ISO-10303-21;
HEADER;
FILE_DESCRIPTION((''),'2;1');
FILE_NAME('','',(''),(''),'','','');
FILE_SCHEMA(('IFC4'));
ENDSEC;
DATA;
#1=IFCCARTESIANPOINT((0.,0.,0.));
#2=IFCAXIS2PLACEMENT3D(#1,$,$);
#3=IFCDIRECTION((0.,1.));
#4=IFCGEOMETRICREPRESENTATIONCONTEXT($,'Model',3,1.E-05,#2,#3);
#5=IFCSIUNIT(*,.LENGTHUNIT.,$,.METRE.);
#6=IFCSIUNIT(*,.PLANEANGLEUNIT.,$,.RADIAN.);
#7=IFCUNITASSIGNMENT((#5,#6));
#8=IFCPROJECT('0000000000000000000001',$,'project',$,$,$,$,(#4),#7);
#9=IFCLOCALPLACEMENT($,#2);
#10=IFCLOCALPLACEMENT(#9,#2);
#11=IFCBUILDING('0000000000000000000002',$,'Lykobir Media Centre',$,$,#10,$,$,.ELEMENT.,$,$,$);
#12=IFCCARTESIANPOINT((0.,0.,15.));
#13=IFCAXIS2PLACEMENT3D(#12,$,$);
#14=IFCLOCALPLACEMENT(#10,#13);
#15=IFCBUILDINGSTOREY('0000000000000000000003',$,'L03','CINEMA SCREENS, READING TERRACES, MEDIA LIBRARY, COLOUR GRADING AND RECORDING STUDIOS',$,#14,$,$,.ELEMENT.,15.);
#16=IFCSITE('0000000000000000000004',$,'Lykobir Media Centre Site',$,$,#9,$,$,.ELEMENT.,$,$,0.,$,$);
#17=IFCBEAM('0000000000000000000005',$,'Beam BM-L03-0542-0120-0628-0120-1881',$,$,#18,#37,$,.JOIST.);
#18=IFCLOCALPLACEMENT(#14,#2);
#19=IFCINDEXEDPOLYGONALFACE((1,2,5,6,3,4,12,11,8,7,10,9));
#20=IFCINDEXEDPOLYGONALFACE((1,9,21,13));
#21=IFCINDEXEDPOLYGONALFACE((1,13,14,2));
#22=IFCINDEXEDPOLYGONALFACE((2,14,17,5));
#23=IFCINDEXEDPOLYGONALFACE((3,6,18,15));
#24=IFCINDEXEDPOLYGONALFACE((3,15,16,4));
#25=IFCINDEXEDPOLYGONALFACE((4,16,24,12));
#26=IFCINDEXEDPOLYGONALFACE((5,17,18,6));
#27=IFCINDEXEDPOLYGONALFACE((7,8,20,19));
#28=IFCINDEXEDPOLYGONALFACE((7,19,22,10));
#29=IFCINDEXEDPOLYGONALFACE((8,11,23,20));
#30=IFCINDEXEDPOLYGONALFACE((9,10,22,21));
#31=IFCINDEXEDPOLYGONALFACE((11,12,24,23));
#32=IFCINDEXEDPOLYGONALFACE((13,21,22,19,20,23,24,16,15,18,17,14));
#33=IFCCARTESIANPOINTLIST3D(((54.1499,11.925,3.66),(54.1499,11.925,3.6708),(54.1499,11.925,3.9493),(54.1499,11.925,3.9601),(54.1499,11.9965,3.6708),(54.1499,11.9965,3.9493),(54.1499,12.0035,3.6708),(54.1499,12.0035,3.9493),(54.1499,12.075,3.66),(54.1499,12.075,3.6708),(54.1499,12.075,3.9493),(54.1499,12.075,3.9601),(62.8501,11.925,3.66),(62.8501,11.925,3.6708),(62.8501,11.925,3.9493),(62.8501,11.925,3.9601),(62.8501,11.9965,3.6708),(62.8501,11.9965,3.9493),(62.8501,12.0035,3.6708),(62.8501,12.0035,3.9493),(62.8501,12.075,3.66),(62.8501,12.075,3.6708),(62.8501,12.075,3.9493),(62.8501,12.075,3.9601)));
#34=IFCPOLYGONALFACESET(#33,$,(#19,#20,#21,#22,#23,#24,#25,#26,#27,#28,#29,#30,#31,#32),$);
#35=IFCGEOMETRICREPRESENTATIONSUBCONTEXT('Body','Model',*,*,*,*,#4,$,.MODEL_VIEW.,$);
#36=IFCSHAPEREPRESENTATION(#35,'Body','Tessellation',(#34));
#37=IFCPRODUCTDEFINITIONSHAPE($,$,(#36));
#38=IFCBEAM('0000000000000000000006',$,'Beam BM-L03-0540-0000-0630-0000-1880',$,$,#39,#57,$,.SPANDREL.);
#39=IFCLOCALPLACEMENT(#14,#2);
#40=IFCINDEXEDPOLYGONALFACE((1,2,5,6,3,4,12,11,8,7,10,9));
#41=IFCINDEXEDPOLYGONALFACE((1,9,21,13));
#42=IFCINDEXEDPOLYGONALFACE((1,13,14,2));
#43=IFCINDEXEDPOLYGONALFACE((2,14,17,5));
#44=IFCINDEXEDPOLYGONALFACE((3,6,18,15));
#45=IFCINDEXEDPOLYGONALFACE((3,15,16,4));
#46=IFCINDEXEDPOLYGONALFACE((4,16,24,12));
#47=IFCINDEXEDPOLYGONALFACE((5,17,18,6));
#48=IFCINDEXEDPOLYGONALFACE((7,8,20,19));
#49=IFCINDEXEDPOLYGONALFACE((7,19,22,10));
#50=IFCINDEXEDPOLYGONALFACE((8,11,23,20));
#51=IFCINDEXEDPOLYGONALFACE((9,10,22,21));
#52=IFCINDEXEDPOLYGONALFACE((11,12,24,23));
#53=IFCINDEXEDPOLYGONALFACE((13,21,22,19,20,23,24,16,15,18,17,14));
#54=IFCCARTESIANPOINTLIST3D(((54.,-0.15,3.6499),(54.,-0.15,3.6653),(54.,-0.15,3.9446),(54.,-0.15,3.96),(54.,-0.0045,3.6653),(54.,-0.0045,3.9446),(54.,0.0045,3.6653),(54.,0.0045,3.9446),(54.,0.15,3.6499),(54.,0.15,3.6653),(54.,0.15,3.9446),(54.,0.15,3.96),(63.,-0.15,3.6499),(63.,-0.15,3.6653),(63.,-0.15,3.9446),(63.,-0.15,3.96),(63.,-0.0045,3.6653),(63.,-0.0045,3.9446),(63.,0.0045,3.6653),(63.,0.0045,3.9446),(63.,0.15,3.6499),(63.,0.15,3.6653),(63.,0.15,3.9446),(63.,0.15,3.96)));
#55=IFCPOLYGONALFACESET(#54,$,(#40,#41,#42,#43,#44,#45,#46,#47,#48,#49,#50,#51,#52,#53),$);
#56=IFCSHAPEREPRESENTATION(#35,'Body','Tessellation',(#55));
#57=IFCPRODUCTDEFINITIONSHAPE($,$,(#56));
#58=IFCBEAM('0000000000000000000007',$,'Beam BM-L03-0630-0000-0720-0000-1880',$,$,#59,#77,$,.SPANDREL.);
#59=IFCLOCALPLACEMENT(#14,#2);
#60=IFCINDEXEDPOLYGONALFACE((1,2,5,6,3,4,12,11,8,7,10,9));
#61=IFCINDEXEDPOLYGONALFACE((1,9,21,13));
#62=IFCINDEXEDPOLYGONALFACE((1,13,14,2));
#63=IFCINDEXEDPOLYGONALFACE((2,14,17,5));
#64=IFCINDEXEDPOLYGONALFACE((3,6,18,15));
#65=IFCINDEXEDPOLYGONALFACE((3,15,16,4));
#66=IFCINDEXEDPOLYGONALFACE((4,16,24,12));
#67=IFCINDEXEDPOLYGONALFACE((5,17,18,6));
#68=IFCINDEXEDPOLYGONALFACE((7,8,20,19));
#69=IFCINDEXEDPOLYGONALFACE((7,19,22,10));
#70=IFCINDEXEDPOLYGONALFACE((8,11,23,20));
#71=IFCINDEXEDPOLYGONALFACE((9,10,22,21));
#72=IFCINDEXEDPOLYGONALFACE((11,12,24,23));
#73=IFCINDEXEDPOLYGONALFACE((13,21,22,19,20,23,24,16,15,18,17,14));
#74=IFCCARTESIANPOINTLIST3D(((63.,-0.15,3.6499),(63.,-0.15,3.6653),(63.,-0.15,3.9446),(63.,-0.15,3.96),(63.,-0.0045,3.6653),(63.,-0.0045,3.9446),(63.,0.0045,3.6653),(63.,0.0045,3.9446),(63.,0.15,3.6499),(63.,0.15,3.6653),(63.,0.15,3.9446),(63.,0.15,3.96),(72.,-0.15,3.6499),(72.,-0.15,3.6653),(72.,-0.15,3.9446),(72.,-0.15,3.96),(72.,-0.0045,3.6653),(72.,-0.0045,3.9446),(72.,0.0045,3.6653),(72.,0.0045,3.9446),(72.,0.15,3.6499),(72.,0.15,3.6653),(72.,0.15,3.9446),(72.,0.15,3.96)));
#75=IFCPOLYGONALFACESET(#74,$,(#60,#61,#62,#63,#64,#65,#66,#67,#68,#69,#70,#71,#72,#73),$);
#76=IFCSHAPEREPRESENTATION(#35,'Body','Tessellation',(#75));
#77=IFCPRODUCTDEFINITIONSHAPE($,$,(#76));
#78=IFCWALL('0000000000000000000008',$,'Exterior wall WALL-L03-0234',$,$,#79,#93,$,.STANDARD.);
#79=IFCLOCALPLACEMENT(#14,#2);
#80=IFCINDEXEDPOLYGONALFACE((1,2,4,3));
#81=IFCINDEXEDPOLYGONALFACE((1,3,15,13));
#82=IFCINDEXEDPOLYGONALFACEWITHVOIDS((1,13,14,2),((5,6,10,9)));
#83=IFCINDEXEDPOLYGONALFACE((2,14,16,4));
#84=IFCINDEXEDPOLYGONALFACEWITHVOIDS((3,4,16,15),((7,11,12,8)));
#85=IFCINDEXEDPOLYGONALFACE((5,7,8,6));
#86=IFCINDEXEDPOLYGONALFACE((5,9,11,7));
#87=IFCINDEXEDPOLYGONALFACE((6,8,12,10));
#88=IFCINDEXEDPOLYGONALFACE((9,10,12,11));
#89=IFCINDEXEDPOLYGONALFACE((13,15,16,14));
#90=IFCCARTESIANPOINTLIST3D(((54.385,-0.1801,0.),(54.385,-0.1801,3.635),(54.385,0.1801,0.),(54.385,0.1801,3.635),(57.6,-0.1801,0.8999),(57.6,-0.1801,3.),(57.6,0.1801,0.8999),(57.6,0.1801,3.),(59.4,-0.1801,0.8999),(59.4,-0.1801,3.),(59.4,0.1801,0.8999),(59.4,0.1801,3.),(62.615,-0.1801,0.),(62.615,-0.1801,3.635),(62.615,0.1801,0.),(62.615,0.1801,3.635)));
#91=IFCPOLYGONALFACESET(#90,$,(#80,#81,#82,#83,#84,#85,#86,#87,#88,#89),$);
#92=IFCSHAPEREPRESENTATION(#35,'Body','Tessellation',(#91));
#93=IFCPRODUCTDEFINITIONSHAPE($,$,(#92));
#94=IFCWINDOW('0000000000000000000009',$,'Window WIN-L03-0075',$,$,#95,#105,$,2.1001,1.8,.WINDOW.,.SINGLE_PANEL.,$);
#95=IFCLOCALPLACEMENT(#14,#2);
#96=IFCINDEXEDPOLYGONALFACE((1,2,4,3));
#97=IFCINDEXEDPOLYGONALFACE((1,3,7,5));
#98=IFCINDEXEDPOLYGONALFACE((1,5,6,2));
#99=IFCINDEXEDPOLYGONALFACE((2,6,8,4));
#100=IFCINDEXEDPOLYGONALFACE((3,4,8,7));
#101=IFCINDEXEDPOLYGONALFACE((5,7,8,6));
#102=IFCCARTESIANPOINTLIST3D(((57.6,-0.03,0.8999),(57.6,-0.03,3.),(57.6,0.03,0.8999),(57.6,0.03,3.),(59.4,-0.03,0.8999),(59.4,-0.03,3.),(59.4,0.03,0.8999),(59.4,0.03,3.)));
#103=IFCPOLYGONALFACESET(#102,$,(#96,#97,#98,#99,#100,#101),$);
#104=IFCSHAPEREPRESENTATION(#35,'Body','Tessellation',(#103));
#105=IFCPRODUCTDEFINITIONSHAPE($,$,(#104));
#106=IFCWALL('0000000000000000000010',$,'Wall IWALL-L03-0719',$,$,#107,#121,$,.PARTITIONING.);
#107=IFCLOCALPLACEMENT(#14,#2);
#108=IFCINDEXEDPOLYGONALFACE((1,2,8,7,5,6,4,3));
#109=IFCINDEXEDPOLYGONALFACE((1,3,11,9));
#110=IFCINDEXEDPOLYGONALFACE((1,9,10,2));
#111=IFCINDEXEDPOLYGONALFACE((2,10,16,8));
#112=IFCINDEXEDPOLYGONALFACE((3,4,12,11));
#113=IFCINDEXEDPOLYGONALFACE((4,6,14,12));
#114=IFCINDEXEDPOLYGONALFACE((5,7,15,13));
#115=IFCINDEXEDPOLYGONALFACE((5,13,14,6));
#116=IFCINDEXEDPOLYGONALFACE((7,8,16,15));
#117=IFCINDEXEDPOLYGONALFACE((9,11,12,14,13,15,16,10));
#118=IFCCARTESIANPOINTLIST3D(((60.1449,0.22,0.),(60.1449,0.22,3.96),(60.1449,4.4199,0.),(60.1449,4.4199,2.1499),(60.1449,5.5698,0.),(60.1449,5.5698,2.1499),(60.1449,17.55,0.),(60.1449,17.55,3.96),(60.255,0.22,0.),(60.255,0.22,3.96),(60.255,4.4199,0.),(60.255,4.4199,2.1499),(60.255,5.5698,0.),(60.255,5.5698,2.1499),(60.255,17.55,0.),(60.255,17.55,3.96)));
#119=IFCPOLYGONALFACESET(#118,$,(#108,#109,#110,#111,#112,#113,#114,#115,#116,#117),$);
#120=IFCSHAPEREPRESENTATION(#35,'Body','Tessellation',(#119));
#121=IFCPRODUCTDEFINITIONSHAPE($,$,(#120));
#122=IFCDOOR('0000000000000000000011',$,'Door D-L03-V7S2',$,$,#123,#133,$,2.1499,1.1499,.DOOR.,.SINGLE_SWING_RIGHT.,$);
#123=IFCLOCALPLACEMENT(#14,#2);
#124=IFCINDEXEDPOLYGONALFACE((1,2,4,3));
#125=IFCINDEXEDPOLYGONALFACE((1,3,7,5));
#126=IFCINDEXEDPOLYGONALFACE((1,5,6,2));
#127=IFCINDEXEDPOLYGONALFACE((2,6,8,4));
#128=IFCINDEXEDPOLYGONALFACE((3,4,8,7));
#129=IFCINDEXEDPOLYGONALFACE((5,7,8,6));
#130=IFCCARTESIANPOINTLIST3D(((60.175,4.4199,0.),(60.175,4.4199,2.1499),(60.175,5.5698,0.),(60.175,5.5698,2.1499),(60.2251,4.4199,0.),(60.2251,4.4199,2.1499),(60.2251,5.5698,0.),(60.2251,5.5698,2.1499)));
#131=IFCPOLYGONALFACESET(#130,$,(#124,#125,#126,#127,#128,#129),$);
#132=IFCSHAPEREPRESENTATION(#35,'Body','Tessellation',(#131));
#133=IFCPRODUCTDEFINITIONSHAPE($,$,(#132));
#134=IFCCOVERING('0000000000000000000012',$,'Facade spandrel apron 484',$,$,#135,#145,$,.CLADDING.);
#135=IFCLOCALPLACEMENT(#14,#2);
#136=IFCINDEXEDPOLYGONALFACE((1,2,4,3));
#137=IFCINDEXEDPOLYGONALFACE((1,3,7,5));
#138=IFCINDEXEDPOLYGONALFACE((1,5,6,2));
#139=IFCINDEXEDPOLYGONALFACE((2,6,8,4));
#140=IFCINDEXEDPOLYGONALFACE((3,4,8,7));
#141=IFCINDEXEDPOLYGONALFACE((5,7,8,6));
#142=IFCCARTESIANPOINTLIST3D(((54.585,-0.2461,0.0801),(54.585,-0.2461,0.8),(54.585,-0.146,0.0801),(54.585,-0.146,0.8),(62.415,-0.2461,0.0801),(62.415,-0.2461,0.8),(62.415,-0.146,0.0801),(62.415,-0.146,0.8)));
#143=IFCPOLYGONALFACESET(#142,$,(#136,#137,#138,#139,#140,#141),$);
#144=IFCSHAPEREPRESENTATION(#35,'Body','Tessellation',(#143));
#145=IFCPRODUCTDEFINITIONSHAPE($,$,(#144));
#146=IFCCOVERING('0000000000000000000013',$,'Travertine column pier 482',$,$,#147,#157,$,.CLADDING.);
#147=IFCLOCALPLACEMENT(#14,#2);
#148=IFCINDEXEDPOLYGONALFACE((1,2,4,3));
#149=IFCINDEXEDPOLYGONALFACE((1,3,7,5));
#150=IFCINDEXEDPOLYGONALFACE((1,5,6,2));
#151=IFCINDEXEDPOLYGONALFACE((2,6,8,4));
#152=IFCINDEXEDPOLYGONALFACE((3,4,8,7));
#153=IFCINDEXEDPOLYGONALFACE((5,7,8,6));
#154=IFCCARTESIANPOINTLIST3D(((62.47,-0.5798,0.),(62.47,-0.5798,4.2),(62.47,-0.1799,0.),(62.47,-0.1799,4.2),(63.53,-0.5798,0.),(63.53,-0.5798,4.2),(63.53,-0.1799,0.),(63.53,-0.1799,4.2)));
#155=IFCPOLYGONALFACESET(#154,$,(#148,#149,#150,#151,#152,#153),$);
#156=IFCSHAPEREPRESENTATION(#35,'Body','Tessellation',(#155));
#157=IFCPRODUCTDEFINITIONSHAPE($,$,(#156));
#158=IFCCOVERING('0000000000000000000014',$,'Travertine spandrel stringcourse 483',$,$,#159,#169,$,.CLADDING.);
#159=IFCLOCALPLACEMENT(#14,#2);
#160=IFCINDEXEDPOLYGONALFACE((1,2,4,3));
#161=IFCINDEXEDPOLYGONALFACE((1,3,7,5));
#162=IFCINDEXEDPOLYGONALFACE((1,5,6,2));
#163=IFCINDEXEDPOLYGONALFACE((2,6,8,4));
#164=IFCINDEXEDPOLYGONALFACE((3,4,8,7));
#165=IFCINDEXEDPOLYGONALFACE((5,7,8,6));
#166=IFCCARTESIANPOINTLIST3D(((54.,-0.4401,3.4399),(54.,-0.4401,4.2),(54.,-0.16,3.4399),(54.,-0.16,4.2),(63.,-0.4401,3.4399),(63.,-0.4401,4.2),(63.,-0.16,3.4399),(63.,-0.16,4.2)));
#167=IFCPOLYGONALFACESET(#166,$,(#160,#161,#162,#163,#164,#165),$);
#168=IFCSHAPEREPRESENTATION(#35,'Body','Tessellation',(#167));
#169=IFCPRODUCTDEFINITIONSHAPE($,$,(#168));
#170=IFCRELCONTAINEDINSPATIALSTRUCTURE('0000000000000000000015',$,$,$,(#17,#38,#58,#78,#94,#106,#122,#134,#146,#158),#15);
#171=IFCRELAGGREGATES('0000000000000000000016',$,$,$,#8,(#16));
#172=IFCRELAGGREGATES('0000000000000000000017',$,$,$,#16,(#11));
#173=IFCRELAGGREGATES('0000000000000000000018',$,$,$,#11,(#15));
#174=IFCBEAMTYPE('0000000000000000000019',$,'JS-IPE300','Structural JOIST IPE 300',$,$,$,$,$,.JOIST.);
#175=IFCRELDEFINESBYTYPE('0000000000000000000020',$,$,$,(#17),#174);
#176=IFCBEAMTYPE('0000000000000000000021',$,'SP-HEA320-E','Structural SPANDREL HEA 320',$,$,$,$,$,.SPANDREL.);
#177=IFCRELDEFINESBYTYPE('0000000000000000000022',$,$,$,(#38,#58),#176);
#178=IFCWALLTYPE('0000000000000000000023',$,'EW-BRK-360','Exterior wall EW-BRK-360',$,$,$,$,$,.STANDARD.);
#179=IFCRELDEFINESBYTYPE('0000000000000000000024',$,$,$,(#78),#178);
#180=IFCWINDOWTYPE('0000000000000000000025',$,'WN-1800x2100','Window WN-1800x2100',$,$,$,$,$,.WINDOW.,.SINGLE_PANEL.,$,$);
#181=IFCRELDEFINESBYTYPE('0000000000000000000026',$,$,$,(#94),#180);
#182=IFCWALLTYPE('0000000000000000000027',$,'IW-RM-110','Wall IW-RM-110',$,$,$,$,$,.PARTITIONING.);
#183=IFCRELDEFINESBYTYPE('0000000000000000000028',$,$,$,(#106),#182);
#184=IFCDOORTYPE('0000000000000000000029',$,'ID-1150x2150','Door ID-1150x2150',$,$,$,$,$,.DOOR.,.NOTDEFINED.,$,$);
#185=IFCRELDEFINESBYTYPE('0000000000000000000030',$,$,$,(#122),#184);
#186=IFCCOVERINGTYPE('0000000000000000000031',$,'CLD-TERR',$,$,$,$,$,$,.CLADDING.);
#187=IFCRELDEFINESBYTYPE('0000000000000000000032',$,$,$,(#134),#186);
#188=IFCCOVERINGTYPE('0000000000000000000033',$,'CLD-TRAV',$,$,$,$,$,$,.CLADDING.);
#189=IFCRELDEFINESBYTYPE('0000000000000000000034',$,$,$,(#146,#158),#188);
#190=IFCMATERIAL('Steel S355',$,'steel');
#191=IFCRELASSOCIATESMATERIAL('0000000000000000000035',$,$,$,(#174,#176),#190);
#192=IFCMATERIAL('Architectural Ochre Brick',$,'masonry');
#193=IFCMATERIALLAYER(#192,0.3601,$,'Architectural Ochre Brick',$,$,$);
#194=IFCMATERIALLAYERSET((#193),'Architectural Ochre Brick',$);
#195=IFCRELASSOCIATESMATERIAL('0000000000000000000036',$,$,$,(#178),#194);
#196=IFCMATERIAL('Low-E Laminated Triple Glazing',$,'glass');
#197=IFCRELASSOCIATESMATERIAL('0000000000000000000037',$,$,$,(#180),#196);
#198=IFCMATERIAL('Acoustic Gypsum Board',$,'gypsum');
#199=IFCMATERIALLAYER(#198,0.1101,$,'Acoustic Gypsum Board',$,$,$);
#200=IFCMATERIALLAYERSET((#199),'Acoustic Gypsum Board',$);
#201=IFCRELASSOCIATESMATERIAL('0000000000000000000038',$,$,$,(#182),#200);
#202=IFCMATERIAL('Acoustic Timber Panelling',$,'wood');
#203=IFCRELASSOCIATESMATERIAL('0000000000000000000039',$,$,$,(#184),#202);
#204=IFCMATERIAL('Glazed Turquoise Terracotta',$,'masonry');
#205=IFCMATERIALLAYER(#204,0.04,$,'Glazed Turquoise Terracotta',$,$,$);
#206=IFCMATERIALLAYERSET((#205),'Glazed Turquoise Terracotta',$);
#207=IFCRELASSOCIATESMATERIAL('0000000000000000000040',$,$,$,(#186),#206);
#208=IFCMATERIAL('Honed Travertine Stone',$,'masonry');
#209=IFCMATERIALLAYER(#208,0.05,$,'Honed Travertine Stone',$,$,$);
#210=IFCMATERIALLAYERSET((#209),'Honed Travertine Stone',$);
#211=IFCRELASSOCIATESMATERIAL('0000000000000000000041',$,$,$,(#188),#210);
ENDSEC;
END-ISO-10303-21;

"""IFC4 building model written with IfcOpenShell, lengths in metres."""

from ifc_helpers import new_model, si_unit, direction, frame, frame_2d, origin, origin_2d, place, context, subcontext, project, spatial, rectangle, i_section, extrude, material, layer, layer_set, material_profile, profile_set, type_object, element, fill, save


model = new_model("IFC4")

# Units and contexts
model_context = context("Model", 3, precision=1e-05, world=origin(), true_north=direction((0.0, 1.0)))
body_context = subcontext(model_context, "Body", "Model", "MODEL_VIEW")
ifc_project = project(units=[si_unit("LENGTHUNIT", "METRE"), si_unit("PLANEANGLEUNIT", "RADIAN")], contexts=[model_context])

# Site, building, storey
site_placement = place(None, origin())
site = spatial("IfcSite", under=ifc_project, at=site_placement, Name="Lykobir Media Centre Site", CompositionType="ELEMENT", RefElevation=0.0)
building_placement = place(site_placement, origin())
building = spatial("IfcBuilding", under=site, at=building_placement, Name="Lykobir Media Centre", CompositionType="ELEMENT")
storey_placement = place(building_placement, frame((0.0, 0.0, 15.0)))
storey = spatial("IfcBuildingStorey", under=building, at=storey_placement, Name="L03", Description="CINEMA SCREENS, READING TERRACES, MEDIA LIBRARY, COLOUR GRADING AND RECORDING STUDIOS", CompositionType="ELEMENT", Elevation=15.0)

# Shared definitions
ifc_material_1 = material(Name="Steel S355", Category="steel")

# Beams
ifc_material_profile_1 = material_profile(ifc_material_1, i_section(OverallWidth=0.1499, OverallDepth=0.3, WebThickness=0.0071, FlangeThickness=0.0107, at=origin_2d()), Name="IPE 300")
ifc_profile_set_1 = profile_set([ifc_material_profile_1], Name="Steel S355")
beam_type_1 = type_object("IfcBeamType", Name="JS-IPE300", Description="Structural JOIST IPE 300", PredefinedType="JOIST", material=ifc_profile_set_1)
for number, where, z_axis, x_axis, name in (
    (1, (54.1499, 12.0, 3.8101), (1.0, 0.0, 0.0), (0.0, 1.0, 0.0), "Beam BM-L03-0542-0120-0628-0120-1881"),
):
    element("IfcBeam", number, at=place(storey_placement, frame(where, z_axis=z_axis, x_axis=x_axis)), inside=storey, type_object=beam_type_1, Name=name, PredefinedType="JOIST", context=body_context, shape_type="SweptSolid", body=[
        extrude(i_section(OverallWidth=0.1499, OverallDepth=0.3, WebThickness=0.0071, FlangeThickness=0.0107, at=origin_2d()), origin(), (0.0, 0.0, 1.0), 8.7002),
    ])
ifc_material_profile_2 = material_profile(ifc_material_1, i_section(OverallWidth=0.3, OverallDepth=0.3101, WebThickness=0.009, FlangeThickness=0.0154, at=origin_2d()), Name="HEA 320")
ifc_profile_set_2 = profile_set([ifc_material_profile_2], Name="Steel S355")
beam_type_2 = type_object("IfcBeamType", Name="SP-HEA320-E", Description="Structural SPANDREL HEA 320", PredefinedType="SPANDREL", material=ifc_profile_set_2)
for number, where, z_axis, x_axis, name in (
    (2, (54.0, 0.0, 3.8049), (1.0, 0.0, 0.0), (0.0, 1.0, 0.0), "Beam BM-L03-0540-0000-0630-0000-1880"),
    (3, (63.0, 0.0, 3.8049), (1.0, 0.0, 0.0), (0.0, 1.0, 0.0), "Beam BM-L03-0630-0000-0720-0000-1880"),
):
    element("IfcBeam", number, at=place(storey_placement, frame(where, z_axis=z_axis, x_axis=x_axis)), inside=storey, type_object=beam_type_2, Name=name, PredefinedType="SPANDREL", context=body_context, shape_type="SweptSolid", body=[
        extrude(i_section(OverallWidth=0.3, OverallDepth=0.3101, WebThickness=0.009, FlangeThickness=0.0154, at=origin_2d()), origin(), (0.0, 0.0, 1.0), 9.0),
    ])

# Wall, opening, window
ifc_material_2 = material(Name="Architectural Ochre Brick", Category="masonry")
ifc_layer_1 = layer(ifc_material_2, 0.3601, Name="Architectural Ochre Brick")
ifc_layer_set_1 = layer_set([ifc_layer_1], Name="Architectural Ochre Brick")
wall_type_1 = type_object("IfcWallType", Name="EW-BRK-360", Description="Exterior wall EW-BRK-360", PredefinedType="STANDARD", material=ifc_layer_set_1)
wall_1_placement = place(storey_placement, frame((54.385, 0.0, 0.0), z_axis=(0.0, 0.0, 1.0), x_axis=(1.0, 0.0, 0.0)))
wall_1 = element("IfcWall", 4, at=wall_1_placement, inside=storey, type_object=wall_type_1, Name="Exterior wall WALL-L03-0234", PredefinedType="STANDARD", context=body_context, shape_type="SweptSolid", body=[
    extrude(rectangle(XDim=8.23, YDim=0.3601, at=frame_2d((4.115, 0.0))), origin(), (0.0, 0.0, 1.0), 3.635),
])
opening_1_placement = place(wall_1_placement, frame((3.2151, 0.0, 0.8999)))
opening_1 = element("IfcOpeningElement", 5, at=opening_1_placement, cuts=wall_1, PredefinedType="OPENING", context=body_context, shape_type="SweptSolid", body=[
    extrude(rectangle(XDim=1.8, YDim=2.1001, at=frame_2d((0.8999, 1.05))), frame((0.0, 0.1899, 0.0), z_axis=(0.0, -1.0, 0.0), x_axis=(1.0, 0.0, 0.0)), (0.0, 0.0, 1.0), 0.3801),
])
ifc_material_3 = material(Name="Low-E Laminated Triple Glazing", Category="glass")
window_type = type_object("IfcWindowType", Name="WN-1800x2100", Description="Window WN-1800x2100", PartitioningType="SINGLE_PANEL", PredefinedType="WINDOW", material=ifc_material_3)
window_placement = place(opening_1_placement, origin())
window = element("IfcWindow", 6, at=window_placement, inside=storey, type_object=window_type, Name="Window WIN-L03-0075", OverallHeight=2.1001, OverallWidth=1.8, PartitioningType="SINGLE_PANEL", PredefinedType="WINDOW", context=body_context, shape_type="SweptSolid", body=[
    extrude(rectangle(XDim=1.8, YDim=2.1001, at=frame_2d((0.8999, 1.05))), frame((0.0, 0.03, 0.0), z_axis=(0.0, -1.0, 0.0), x_axis=(1.0, 0.0, 0.0)), (0.0, 0.0, 1.0), 0.0601),
])
fill(opening_1, window)

# Wall, opening, door
ifc_material_4 = material(Name="Acoustic Gypsum Board", Category="gypsum")
ifc_layer_2 = layer(ifc_material_4, 0.1101, Name="Acoustic Gypsum Board")
ifc_layer_set_2 = layer_set([ifc_layer_2], Name="Acoustic Gypsum Board")
wall_type_2 = type_object("IfcWallType", Name="IW-RM-110", Description="Wall IW-RM-110", PredefinedType="PARTITIONING", material=ifc_layer_set_2)
wall_2_placement = place(storey_placement, frame((60.2, 0.22, 0.0), z_axis=(0.0, 0.0, 1.0), x_axis=(0.0, 1.0, 0.0)))
wall_2 = element("IfcWall", 7, at=wall_2_placement, inside=storey, type_object=wall_type_2, Name="Wall IWALL-L03-0719", PredefinedType="PARTITIONING", context=body_context, shape_type="SweptSolid", body=[
    extrude(rectangle(XDim=17.3301, YDim=0.1101, at=frame_2d((8.665, 0.0))), origin(), (0.0, 0.0, 1.0), 3.96),
])
opening_2_placement = place(wall_2_placement, frame((4.2, 0.0, 0.0)))
opening_2 = element("IfcOpeningElement", 8, at=opening_2_placement, cuts=wall_2, PredefinedType="OPENING", context=body_context, shape_type="SweptSolid", body=[
    extrude(rectangle(XDim=1.1499, YDim=2.1499, at=frame_2d((0.575, 1.075))), frame((0.0, 0.0649, 0.0), z_axis=(0.0, -1.0, 0.0), x_axis=(1.0, 0.0, 0.0)), (0.0, 0.0, 1.0), 0.1301),
])
ifc_material_5 = material(Name="Acoustic Timber Panelling", Category="wood")
door_type = type_object("IfcDoorType", Name="ID-1150x2150", Description="Door ID-1150x2150", OperationType="NOTDEFINED", PredefinedType="DOOR", material=ifc_material_5)
door_placement = place(opening_2_placement, origin())
door = element("IfcDoor", 9, at=door_placement, inside=storey, type_object=door_type, Name="Door D-L03-V7S2", OperationType="SINGLE_SWING_RIGHT", OverallHeight=2.1499, OverallWidth=1.1499, PredefinedType="DOOR", context=body_context, shape_type="SweptSolid", body=[
    extrude(rectangle(XDim=1.1499, YDim=2.1499, at=frame_2d((0.575, 1.075))), frame((0.0, 0.0249, 0.0), z_axis=(0.0, -1.0, 0.0), x_axis=(1.0, 0.0, 0.0)), (0.0, 0.0, 1.0), 0.05),
])
fill(opening_2, door)

# Coverings
ifc_material_6 = material(Name="Glazed Turquoise Terracotta", Category="masonry")
ifc_layer_3 = layer(ifc_material_6, 0.04, Name="Glazed Turquoise Terracotta")
ifc_layer_set_3 = layer_set([ifc_layer_3], Name="Glazed Turquoise Terracotta")
covering_type_1 = type_object("IfcCoveringType", Name="CLD-TERR", PredefinedType="CLADDING", material=ifc_layer_set_3)
covering_1_placement = place(storey_placement, frame((58.5, -0.196, 0.0801), z_axis=(0.0, 0.0, 1.0), x_axis=(1.0, 0.0, 0.0)))
element("IfcCovering", 10, at=covering_1_placement, inside=storey, type_object=covering_type_1, Name="Facade spandrel apron 484", PredefinedType="CLADDING", context=body_context, shape_type="SweptSolid", body=[
    extrude(rectangle(XDim=7.8301, YDim=0.1001, at=origin_2d()), origin(), (0.0, 0.0, 1.0), 0.72),
])
ifc_material_7 = material(Name="Honed Travertine Stone", Category="masonry")
ifc_layer_4 = layer(ifc_material_7, 0.05, Name="Honed Travertine Stone")
ifc_layer_set_4 = layer_set([ifc_layer_4], Name="Honed Travertine Stone")
covering_type_2 = type_object("IfcCoveringType", Name="CLD-TRAV", PredefinedType="CLADDING", material=ifc_layer_set_4)
covering_2_placement = place(storey_placement, frame((63.0, -0.3799, 0.0), z_axis=(0.0, 0.0, 1.0), x_axis=(1.0, 0.0, 0.0)))
element("IfcCovering", 11, at=covering_2_placement, inside=storey, type_object=covering_type_2, Name="Travertine column pier 482", PredefinedType="CLADDING", context=body_context, shape_type="SweptSolid", body=[
    extrude(rectangle(XDim=1.0601, YDim=0.3999, at=origin_2d()), origin(), (0.0, 0.0, 1.0), 4.2),
])
covering_3_placement = place(storey_placement, frame((58.5, -0.3, 3.4399), z_axis=(0.0, 0.0, 1.0), x_axis=(1.0, 0.0, 0.0)))
element("IfcCovering", 12, at=covering_3_placement, inside=storey, type_object=covering_type_2, Name="Travertine spandrel stringcourse 483", PredefinedType="CLADDING", context=body_context, shape_type="SweptSolid", body=[
    extrude(rectangle(XDim=9.0, YDim=0.28, at=origin_2d()), origin(), (0.0, 0.0, 1.0), 0.76),
])

save(model, "model.ifc")
